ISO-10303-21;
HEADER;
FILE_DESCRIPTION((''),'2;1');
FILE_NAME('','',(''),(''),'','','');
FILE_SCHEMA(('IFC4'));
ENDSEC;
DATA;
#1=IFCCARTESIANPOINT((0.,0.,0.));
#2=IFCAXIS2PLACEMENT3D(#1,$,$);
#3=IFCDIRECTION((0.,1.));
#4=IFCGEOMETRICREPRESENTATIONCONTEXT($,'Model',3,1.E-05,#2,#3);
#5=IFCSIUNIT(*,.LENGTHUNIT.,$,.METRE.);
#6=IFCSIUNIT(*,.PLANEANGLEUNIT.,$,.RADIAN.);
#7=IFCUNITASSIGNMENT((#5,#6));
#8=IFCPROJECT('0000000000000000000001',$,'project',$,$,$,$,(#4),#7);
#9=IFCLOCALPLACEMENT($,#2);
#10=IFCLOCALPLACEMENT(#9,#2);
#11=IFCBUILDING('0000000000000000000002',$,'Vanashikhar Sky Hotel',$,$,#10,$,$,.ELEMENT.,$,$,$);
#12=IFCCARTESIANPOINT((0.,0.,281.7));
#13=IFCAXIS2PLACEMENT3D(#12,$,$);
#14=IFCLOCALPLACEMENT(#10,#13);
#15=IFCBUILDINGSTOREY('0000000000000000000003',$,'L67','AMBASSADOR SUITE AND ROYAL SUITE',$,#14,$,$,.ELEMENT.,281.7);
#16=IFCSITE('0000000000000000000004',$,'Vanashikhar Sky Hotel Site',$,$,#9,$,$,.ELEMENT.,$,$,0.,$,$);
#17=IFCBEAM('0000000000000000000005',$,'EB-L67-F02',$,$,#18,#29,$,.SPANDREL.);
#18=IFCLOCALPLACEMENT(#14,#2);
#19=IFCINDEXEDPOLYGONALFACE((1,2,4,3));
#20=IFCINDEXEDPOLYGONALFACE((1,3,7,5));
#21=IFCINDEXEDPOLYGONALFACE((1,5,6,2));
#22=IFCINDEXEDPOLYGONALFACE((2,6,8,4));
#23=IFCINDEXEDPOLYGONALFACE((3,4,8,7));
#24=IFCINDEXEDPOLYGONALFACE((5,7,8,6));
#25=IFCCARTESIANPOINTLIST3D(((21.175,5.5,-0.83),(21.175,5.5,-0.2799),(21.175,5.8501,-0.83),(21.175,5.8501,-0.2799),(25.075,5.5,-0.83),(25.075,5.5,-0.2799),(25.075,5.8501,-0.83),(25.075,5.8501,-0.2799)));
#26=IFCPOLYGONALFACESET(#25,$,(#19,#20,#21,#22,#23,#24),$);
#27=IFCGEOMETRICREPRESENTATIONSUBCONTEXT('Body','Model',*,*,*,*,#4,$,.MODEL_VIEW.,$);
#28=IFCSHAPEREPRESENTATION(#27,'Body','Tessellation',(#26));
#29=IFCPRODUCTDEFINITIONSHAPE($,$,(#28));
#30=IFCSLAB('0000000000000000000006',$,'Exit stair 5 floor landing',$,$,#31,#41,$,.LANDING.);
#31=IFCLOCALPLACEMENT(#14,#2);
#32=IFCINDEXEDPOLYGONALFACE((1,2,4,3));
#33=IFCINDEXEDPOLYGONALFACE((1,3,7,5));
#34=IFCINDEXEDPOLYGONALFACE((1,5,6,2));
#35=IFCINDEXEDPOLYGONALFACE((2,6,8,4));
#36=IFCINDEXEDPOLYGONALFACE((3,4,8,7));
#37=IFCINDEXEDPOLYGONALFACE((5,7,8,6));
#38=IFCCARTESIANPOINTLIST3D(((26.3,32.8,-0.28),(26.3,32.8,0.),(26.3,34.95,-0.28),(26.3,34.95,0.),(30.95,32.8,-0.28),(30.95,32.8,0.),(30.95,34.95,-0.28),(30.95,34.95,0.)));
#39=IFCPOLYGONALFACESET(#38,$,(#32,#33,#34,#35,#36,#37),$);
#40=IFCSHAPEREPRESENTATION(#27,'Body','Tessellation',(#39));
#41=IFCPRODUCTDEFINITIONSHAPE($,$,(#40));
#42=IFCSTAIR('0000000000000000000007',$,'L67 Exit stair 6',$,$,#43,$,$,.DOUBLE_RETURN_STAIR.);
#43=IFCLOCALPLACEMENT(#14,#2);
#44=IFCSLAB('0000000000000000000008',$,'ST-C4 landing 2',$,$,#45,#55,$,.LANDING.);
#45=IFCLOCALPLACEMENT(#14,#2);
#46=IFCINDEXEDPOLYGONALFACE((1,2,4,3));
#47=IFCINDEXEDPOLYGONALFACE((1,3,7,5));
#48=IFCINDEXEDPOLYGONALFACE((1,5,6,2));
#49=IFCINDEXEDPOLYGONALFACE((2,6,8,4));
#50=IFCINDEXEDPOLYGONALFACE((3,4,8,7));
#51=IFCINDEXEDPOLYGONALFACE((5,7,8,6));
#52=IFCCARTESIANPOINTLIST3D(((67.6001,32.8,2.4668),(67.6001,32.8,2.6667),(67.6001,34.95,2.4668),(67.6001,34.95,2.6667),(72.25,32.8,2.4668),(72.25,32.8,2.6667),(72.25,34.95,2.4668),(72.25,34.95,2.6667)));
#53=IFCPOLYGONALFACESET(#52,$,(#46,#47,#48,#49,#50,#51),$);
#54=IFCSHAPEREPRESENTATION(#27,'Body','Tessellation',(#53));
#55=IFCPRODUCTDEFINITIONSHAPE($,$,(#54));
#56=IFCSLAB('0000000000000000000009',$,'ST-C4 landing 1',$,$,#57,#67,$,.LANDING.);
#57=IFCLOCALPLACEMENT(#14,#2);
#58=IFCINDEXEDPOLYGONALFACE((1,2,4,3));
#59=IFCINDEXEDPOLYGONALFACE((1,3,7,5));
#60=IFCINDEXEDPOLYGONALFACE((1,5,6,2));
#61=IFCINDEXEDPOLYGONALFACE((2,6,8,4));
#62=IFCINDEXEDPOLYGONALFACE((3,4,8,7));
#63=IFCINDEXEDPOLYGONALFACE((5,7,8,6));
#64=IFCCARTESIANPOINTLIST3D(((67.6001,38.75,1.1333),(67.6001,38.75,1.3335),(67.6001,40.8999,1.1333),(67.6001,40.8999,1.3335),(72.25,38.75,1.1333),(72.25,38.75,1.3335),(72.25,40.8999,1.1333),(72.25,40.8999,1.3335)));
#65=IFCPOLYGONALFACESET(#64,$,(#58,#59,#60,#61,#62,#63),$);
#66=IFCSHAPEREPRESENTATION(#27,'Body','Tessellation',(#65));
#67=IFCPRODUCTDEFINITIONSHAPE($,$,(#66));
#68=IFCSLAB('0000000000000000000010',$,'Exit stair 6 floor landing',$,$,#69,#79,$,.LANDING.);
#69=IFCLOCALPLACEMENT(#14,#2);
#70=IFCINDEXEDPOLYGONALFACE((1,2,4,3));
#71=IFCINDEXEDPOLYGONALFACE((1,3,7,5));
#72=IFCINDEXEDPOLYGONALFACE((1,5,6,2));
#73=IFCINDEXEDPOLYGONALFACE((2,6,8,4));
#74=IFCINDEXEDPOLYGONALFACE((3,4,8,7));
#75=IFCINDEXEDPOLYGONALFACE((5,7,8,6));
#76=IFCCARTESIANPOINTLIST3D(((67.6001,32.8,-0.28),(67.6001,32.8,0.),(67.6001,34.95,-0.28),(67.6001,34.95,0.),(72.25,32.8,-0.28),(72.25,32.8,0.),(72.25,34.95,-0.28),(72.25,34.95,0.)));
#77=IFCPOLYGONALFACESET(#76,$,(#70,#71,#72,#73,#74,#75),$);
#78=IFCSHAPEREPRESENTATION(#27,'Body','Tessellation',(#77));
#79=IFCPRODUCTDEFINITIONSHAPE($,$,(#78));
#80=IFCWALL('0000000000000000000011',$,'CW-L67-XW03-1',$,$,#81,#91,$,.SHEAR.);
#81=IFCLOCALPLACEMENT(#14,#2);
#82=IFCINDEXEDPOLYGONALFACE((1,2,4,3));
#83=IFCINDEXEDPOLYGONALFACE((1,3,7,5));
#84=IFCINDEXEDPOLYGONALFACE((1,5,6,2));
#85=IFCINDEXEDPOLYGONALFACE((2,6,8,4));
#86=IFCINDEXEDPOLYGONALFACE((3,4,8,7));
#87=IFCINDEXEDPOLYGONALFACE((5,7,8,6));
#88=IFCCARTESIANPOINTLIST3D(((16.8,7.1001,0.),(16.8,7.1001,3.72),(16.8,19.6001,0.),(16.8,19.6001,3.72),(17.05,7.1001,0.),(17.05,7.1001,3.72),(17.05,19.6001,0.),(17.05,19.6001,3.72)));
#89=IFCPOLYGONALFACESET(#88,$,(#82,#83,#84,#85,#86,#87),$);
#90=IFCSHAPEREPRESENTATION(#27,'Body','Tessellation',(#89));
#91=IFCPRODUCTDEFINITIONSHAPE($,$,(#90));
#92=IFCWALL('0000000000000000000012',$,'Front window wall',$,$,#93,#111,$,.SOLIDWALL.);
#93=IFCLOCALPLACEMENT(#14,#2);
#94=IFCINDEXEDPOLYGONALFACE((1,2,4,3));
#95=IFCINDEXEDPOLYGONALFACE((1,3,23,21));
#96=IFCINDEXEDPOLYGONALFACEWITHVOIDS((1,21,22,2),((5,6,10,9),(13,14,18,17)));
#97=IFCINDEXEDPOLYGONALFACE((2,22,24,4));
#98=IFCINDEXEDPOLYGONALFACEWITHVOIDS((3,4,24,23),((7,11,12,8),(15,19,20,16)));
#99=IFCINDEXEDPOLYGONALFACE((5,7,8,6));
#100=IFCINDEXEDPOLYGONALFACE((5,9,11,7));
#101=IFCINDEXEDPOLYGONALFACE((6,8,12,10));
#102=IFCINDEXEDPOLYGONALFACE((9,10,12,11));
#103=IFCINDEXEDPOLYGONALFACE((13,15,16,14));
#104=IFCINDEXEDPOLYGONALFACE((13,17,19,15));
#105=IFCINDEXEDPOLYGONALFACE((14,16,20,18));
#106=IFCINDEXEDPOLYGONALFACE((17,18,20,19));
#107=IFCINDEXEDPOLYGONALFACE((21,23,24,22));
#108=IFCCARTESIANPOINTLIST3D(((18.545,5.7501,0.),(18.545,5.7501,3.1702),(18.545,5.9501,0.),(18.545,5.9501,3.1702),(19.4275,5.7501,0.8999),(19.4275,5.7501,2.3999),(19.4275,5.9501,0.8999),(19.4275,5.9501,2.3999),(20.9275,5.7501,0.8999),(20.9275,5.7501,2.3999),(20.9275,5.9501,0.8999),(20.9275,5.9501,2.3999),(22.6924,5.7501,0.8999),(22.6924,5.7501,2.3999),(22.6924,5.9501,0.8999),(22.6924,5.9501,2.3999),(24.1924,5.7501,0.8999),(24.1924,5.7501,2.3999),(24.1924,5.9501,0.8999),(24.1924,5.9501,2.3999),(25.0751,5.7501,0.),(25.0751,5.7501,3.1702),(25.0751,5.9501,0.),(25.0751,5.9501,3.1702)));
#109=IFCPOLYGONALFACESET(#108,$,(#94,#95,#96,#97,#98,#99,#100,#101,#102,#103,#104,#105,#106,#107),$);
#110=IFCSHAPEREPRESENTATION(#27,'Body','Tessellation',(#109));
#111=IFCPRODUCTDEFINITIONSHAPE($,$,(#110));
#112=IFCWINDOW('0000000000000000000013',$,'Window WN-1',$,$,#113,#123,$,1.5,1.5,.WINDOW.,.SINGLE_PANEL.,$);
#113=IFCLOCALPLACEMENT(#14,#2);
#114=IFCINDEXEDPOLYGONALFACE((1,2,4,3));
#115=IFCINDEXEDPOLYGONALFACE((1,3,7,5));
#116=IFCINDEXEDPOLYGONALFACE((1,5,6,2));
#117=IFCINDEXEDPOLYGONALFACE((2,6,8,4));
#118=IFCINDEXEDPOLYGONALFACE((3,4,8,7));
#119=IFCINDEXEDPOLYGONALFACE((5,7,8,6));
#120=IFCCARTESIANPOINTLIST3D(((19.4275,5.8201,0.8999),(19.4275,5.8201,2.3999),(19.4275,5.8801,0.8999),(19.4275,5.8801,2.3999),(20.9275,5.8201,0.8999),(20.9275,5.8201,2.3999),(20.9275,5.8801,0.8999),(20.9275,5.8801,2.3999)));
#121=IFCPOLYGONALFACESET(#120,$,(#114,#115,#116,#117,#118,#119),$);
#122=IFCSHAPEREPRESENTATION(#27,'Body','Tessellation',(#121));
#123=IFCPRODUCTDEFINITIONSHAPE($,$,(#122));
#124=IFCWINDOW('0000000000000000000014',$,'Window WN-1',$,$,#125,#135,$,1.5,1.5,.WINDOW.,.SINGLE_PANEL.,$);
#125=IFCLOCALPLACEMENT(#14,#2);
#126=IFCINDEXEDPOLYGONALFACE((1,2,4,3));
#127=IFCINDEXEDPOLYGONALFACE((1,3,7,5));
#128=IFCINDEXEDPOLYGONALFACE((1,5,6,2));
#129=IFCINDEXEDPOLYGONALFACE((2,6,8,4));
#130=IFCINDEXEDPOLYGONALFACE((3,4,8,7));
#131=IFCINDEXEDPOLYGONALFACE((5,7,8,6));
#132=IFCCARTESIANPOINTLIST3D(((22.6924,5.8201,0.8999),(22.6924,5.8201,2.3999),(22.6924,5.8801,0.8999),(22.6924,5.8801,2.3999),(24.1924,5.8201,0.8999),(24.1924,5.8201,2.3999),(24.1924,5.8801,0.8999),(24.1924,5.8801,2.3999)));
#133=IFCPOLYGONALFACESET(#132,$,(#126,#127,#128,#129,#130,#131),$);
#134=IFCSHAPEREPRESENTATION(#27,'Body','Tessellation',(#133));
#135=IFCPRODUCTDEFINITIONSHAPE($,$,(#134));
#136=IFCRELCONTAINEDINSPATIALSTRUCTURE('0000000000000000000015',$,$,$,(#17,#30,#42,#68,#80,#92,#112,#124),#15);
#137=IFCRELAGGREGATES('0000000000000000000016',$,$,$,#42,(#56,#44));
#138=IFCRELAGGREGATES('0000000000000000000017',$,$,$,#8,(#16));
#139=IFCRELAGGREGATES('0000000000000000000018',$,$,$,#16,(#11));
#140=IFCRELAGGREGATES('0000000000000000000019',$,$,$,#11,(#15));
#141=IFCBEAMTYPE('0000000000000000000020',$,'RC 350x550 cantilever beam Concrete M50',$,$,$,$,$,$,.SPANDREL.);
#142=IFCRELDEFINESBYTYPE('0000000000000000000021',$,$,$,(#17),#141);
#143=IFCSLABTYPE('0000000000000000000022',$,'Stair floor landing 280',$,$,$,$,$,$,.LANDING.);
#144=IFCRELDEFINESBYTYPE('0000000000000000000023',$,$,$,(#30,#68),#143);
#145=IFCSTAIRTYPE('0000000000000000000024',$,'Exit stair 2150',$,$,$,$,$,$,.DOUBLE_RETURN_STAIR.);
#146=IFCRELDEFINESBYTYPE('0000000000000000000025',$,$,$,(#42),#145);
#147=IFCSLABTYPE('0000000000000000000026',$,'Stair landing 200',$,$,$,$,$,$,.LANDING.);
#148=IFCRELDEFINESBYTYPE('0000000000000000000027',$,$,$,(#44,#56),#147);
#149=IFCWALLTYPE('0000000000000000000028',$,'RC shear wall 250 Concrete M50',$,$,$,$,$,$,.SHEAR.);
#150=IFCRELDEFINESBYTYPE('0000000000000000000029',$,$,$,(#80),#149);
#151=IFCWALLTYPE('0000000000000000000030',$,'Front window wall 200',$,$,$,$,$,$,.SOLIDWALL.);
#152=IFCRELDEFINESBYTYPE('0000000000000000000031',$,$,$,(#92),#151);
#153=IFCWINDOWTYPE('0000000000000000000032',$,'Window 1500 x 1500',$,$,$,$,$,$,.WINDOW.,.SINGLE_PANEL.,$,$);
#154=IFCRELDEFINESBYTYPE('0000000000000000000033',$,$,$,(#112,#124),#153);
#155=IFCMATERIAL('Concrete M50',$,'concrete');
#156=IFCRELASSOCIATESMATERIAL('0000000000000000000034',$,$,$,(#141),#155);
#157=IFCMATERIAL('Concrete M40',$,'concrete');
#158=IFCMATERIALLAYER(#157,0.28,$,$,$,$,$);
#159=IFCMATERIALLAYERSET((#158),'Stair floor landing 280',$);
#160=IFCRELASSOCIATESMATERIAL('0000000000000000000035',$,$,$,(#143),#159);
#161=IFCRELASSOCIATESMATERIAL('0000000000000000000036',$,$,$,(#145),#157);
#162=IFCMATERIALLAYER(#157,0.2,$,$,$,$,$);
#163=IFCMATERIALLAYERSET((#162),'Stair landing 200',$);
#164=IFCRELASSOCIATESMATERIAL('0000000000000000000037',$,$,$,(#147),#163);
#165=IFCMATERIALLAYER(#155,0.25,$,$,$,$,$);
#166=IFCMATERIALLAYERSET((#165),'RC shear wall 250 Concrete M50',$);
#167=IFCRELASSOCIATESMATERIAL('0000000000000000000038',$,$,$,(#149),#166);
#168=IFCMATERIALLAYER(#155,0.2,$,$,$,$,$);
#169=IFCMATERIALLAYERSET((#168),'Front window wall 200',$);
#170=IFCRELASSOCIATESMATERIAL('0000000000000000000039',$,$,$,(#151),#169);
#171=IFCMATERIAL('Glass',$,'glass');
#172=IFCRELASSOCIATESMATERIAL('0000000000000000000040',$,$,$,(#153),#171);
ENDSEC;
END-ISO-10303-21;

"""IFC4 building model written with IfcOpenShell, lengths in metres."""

from ifc_helpers import new_model, si_unit, direction, frame, frame_2d, origin, origin_2d, place, context, subcontext, project, spatial, polyline, rectangle, outline, extrude, source, transform, mapped, material, layer, layer_set, material_profile, profile_set, type_object, element, fill, aggregate, save


model = new_model("IFC4")

# Units and contexts
model_context = context("Model", 3, precision=1e-05, world=origin(), true_north=direction((0.0, 1.0)))
body_context = subcontext(model_context, "Body", "Model", "MODEL_VIEW")
ifc_project = project(units=[si_unit("LENGTHUNIT", "METRE"), si_unit("PLANEANGLEUNIT", "RADIAN")], contexts=[model_context])

# Site, building, storey
site_placement = place(None, origin())
site = spatial("IfcSite", under=ifc_project, at=site_placement, Name="Vanashikhar Sky Hotel Site", CompositionType="ELEMENT", RefElevation=0.0)
building_placement = place(site_placement, origin())
building = spatial("IfcBuilding", under=site, at=building_placement, Name="Vanashikhar Sky Hotel", CompositionType="ELEMENT")
storey_placement = place(building_placement, frame((0.0, 0.0, 281.7)))
storey = spatial("IfcBuildingStorey", under=building, at=storey_placement, Name="L67", Description="AMBASSADOR SUITE AND ROYAL SUITE", CompositionType="ELEMENT", Elevation=281.7)

# Beam
ifc_material_1 = material(Name="Concrete M50", Category="concrete")
ifc_material_profile = material_profile(ifc_material_1, rectangle(XDim=0.3501, YDim=0.55, at=origin_2d()))
ifc_profile_set = profile_set([ifc_material_profile], Name="RC 350x550 cantilever beam Concrete M50")
beam_type = type_object("IfcBeamType", Name="RC 350x550 cantilever beam Concrete M50", PredefinedType="SPANDREL", material=ifc_profile_set)
shared_shape_1 = source(origin(), body_context, "Body", "SweptSolid", [
    extrude(rectangle(XDim=0.3501, YDim=0.55, at=origin_2d()), origin(), (0.0, 0.0, 1.0), 3.8999),
])
beam_placement = place(storey_placement, frame((21.175, 5.675, -0.5549), z_axis=(1.0, 0.0, 0.0), x_axis=(0.0, 1.0, 0.0)))
element("IfcBeam", 1, at=beam_placement, inside=storey, type_object=beam_type, Name="EB-L67-F02", PredefinedType="SPANDREL", context=body_context, shape_type="MappedRepresentation", body=[
    mapped(shared_shape_1, transform((0.0, 0.0, 0.0), scale=1.0)),
])

# Slab
ifc_material_2 = material(Name="Concrete M40", Category="concrete")
ifc_layer_1 = layer(ifc_material_2, 0.28)
ifc_layer_set_1 = layer_set([ifc_layer_1], Name="Stair floor landing 280")
slab_type_1 = type_object("IfcSlabType", Name="Stair floor landing 280", PredefinedType="LANDING", material=ifc_layer_set_1)
shared_shape_2 = source(origin(), body_context, "Body", "SweptSolid", [
    extrude(outline(polyline([(30.95, 32.8), (30.95, 34.95), (26.3, 34.95), (26.3, 32.8), (30.95, 32.8)])), origin(), (0.0, 0.0, 1.0), 0.28),
])
slab_1_placement = place(storey_placement, frame((0.0, 0.0, -0.28)))
element("IfcSlab", 2, at=slab_1_placement, inside=storey, type_object=slab_type_1, Name="Exit stair 5 floor landing", PredefinedType="LANDING", context=body_context, shape_type="MappedRepresentation", body=[
    mapped(shared_shape_2, transform((0.0, 0.0, 0.0), scale=1.0)),
])

# Stair, slabs
stair_type = type_object("IfcStairType", Name="Exit stair 2150", PredefinedType="DOUBLE_RETURN_STAIR", material=ifc_material_2)
stair_placement = place(storey_placement, origin())
stair = element("IfcStair", 3, at=stair_placement, inside=storey, type_object=stair_type, Name="L67 Exit stair 6", PredefinedType="DOUBLE_RETURN_STAIR")
ifc_layer_2 = layer(ifc_material_2, 0.2)
ifc_layer_set_2 = layer_set([ifc_layer_2], Name="Stair landing 200")
slab_type_2 = type_object("IfcSlabType", Name="Stair landing 200", PredefinedType="LANDING", material=ifc_layer_set_2)
shared_shape_3 = source(origin(), body_context, "Body", "SweptSolid", [
    extrude(outline(polyline([(72.25, 32.8), (72.25, 34.95), (67.6001, 34.95), (67.6001, 32.8), (72.25, 32.8)])), origin(), (0.0, 0.0, 1.0), 0.2),
])
slab_2_placement = place(storey_placement, frame((0.0, 0.0, 2.4668)))
slab_2 = element("IfcSlab", 4, at=slab_2_placement, type_object=slab_type_2, Name="ST-C4 landing 2", PredefinedType="LANDING", context=body_context, shape_type="MappedRepresentation", body=[
    mapped(shared_shape_3, transform((0.0, 0.0, 0.0), scale=1.0)),
])
shared_shape_4 = source(origin(), body_context, "Body", "SweptSolid", [
    extrude(outline(polyline([(72.25, 38.75), (72.25, 40.8999), (67.6001, 40.8999), (67.6001, 38.75), (72.25, 38.75)])), origin(), (0.0, 0.0, 1.0), 0.2002),
])
slab_3_placement = place(storey_placement, frame((0.0, 0.0, 1.1333)))
slab_3 = element("IfcSlab", 5, at=slab_3_placement, type_object=slab_type_2, Name="ST-C4 landing 1", PredefinedType="LANDING", context=body_context, shape_type="MappedRepresentation", body=[
    mapped(shared_shape_4, transform((0.0, 0.0, 0.0), scale=1.0)),
])
aggregate(stair, [slab_3, slab_2])

# Slab
shared_shape_5 = source(origin(), body_context, "Body", "SweptSolid", [
    extrude(outline(polyline([(72.25, 32.8), (72.25, 34.95), (67.6001, 34.95), (67.6001, 32.8), (72.25, 32.8)])), origin(), (0.0, 0.0, 1.0), 0.28),
])
slab_4_placement = place(storey_placement, frame((0.0, 0.0, -0.28)))
element("IfcSlab", 6, at=slab_4_placement, inside=storey, type_object=slab_type_1, Name="Exit stair 6 floor landing", PredefinedType="LANDING", context=body_context, shape_type="MappedRepresentation", body=[
    mapped(shared_shape_5, transform((0.0, 0.0, 0.0), scale=1.0)),
])

# Wall
ifc_layer_3 = layer(ifc_material_1, 0.25)
ifc_layer_set_3 = layer_set([ifc_layer_3], Name="RC shear wall 250 Concrete M50")
wall_type_1 = type_object("IfcWallType", Name="RC shear wall 250 Concrete M50", PredefinedType="SHEAR", material=ifc_layer_set_3)
shared_shape_6 = source(origin(), body_context, "Body", "SweptSolid", [
    extrude(rectangle(XDim=12.5, YDim=0.25, at=frame_2d((6.25, 0.0))), origin(), (0.0, 0.0, 1.0), 3.72),
])
wall_1_placement = place(storey_placement, frame((16.925, 7.1001, 0.0), z_axis=(0.0, 0.0, 1.0), x_axis=(0.0, 1.0, 0.0)))
element("IfcWall", 7, at=wall_1_placement, inside=storey, type_object=wall_type_1, Name="CW-L67-XW03-1", PredefinedType="SHEAR", context=body_context, shape_type="MappedRepresentation", body=[
    mapped(shared_shape_6, transform((0.0, 0.0, 0.0), scale=1.0)),
])

# Wall, openings, windows
ifc_layer_4 = layer(ifc_material_1, 0.2)
ifc_layer_set_4 = layer_set([ifc_layer_4], Name="Front window wall 200")
wall_type_2 = type_object("IfcWallType", Name="Front window wall 200", PredefinedType="SOLIDWALL", material=ifc_layer_set_4)
shared_shape_7 = source(origin(), body_context, "Body", "SweptSolid", [
    extrude(rectangle(XDim=6.53, YDim=0.2, at=frame_2d((3.2651, 0.0))), origin(), (0.0, 0.0, 1.0), 3.1702),
])
wall_2_placement = place(storey_placement, frame((18.5449, 5.8501, 0.0), z_axis=(0.0, 0.0, 1.0), x_axis=(1.0, 0.0, 0.0)))
wall_2 = element("IfcWall", 8, at=wall_2_placement, inside=storey, type_object=wall_type_2, Name="Front window wall", PredefinedType="SOLIDWALL", context=body_context, shape_type="MappedRepresentation", body=[
    mapped(shared_shape_7, transform((0.0, 0.0, 0.0), scale=1.0)),
])
shared_shape_8 = source(origin(), body_context, "Body", "SweptSolid", [
    extrude(rectangle(XDim=1.5, YDim=1.5, at=frame_2d((0.75, 0.75))), frame((0.0, 0.1099, 0.0), z_axis=(0.0, -1.0, 0.0), x_axis=(1.0, 0.0, 0.0)), (0.0, 0.0, 1.0), 0.22),
])
opening_1_placement = place(wall_2_placement, frame((0.8826, 0.0, 0.8999)))
opening_1 = element("IfcOpeningElement", 9, at=opening_1_placement, cuts=wall_2, PredefinedType="OPENING", context=body_context, shape_type="MappedRepresentation", body=[
    mapped(shared_shape_8, transform((0.0, 0.0, 0.0), scale=1.0)),
])
opening_2_placement = place(wall_2_placement, frame((4.1475, 0.0, 0.8999)))
opening_2 = element("IfcOpeningElement", 10, at=opening_2_placement, cuts=wall_2, PredefinedType="OPENING", context=body_context, shape_type="MappedRepresentation", body=[
    mapped(shared_shape_8, transform((0.0, 0.0, 0.0), scale=1.0)),
])
ifc_material_3 = material(Name="Glass", Category="glass")
window_type_1 = type_object("IfcWindowType", Name="Window 1500 x 1500", PartitioningType="SINGLE_PANEL", PredefinedType="WINDOW", material=ifc_material_3)
shared_shape_9 = source(origin(), body_context, "Body", "SweptSolid", [
    extrude(rectangle(XDim=1.5, YDim=1.5, at=frame_2d((0.75, 0.75))), frame((0.0, 0.03, 0.0), z_axis=(0.0, -1.0, 0.0), x_axis=(1.0, 0.0, 0.0)), (0.0, 0.0, 1.0), 0.0601),
])
window_1_placement = place(opening_1_placement, origin())
window_1 = element("IfcWindow", 11, at=window_1_placement, inside=storey, type_object=window_type_1, Name="Window WN-1", OverallHeight=1.5, OverallWidth=1.5, PartitioningType="SINGLE_PANEL", PredefinedType="WINDOW", context=body_context, shape_type="MappedRepresentation", body=[
    mapped(shared_shape_9, transform((0.0, 0.0, 0.0), scale=1.0)),
])
fill(opening_1, window_1)
window_2_placement = place(opening_2_placement, origin())
window_2 = element("IfcWindow", 12, at=window_2_placement, inside=storey, type_object=window_type_1, Name="Window WN-1", OverallHeight=1.5, OverallWidth=1.5, PartitioningType="SINGLE_PANEL", PredefinedType="WINDOW", context=body_context, shape_type="MappedRepresentation", body=[
    mapped(shared_shape_9, transform((0.0, 0.0, 0.0), scale=1.0)),
])
fill(opening_2, window_2)

save(model, "model.ifc")
